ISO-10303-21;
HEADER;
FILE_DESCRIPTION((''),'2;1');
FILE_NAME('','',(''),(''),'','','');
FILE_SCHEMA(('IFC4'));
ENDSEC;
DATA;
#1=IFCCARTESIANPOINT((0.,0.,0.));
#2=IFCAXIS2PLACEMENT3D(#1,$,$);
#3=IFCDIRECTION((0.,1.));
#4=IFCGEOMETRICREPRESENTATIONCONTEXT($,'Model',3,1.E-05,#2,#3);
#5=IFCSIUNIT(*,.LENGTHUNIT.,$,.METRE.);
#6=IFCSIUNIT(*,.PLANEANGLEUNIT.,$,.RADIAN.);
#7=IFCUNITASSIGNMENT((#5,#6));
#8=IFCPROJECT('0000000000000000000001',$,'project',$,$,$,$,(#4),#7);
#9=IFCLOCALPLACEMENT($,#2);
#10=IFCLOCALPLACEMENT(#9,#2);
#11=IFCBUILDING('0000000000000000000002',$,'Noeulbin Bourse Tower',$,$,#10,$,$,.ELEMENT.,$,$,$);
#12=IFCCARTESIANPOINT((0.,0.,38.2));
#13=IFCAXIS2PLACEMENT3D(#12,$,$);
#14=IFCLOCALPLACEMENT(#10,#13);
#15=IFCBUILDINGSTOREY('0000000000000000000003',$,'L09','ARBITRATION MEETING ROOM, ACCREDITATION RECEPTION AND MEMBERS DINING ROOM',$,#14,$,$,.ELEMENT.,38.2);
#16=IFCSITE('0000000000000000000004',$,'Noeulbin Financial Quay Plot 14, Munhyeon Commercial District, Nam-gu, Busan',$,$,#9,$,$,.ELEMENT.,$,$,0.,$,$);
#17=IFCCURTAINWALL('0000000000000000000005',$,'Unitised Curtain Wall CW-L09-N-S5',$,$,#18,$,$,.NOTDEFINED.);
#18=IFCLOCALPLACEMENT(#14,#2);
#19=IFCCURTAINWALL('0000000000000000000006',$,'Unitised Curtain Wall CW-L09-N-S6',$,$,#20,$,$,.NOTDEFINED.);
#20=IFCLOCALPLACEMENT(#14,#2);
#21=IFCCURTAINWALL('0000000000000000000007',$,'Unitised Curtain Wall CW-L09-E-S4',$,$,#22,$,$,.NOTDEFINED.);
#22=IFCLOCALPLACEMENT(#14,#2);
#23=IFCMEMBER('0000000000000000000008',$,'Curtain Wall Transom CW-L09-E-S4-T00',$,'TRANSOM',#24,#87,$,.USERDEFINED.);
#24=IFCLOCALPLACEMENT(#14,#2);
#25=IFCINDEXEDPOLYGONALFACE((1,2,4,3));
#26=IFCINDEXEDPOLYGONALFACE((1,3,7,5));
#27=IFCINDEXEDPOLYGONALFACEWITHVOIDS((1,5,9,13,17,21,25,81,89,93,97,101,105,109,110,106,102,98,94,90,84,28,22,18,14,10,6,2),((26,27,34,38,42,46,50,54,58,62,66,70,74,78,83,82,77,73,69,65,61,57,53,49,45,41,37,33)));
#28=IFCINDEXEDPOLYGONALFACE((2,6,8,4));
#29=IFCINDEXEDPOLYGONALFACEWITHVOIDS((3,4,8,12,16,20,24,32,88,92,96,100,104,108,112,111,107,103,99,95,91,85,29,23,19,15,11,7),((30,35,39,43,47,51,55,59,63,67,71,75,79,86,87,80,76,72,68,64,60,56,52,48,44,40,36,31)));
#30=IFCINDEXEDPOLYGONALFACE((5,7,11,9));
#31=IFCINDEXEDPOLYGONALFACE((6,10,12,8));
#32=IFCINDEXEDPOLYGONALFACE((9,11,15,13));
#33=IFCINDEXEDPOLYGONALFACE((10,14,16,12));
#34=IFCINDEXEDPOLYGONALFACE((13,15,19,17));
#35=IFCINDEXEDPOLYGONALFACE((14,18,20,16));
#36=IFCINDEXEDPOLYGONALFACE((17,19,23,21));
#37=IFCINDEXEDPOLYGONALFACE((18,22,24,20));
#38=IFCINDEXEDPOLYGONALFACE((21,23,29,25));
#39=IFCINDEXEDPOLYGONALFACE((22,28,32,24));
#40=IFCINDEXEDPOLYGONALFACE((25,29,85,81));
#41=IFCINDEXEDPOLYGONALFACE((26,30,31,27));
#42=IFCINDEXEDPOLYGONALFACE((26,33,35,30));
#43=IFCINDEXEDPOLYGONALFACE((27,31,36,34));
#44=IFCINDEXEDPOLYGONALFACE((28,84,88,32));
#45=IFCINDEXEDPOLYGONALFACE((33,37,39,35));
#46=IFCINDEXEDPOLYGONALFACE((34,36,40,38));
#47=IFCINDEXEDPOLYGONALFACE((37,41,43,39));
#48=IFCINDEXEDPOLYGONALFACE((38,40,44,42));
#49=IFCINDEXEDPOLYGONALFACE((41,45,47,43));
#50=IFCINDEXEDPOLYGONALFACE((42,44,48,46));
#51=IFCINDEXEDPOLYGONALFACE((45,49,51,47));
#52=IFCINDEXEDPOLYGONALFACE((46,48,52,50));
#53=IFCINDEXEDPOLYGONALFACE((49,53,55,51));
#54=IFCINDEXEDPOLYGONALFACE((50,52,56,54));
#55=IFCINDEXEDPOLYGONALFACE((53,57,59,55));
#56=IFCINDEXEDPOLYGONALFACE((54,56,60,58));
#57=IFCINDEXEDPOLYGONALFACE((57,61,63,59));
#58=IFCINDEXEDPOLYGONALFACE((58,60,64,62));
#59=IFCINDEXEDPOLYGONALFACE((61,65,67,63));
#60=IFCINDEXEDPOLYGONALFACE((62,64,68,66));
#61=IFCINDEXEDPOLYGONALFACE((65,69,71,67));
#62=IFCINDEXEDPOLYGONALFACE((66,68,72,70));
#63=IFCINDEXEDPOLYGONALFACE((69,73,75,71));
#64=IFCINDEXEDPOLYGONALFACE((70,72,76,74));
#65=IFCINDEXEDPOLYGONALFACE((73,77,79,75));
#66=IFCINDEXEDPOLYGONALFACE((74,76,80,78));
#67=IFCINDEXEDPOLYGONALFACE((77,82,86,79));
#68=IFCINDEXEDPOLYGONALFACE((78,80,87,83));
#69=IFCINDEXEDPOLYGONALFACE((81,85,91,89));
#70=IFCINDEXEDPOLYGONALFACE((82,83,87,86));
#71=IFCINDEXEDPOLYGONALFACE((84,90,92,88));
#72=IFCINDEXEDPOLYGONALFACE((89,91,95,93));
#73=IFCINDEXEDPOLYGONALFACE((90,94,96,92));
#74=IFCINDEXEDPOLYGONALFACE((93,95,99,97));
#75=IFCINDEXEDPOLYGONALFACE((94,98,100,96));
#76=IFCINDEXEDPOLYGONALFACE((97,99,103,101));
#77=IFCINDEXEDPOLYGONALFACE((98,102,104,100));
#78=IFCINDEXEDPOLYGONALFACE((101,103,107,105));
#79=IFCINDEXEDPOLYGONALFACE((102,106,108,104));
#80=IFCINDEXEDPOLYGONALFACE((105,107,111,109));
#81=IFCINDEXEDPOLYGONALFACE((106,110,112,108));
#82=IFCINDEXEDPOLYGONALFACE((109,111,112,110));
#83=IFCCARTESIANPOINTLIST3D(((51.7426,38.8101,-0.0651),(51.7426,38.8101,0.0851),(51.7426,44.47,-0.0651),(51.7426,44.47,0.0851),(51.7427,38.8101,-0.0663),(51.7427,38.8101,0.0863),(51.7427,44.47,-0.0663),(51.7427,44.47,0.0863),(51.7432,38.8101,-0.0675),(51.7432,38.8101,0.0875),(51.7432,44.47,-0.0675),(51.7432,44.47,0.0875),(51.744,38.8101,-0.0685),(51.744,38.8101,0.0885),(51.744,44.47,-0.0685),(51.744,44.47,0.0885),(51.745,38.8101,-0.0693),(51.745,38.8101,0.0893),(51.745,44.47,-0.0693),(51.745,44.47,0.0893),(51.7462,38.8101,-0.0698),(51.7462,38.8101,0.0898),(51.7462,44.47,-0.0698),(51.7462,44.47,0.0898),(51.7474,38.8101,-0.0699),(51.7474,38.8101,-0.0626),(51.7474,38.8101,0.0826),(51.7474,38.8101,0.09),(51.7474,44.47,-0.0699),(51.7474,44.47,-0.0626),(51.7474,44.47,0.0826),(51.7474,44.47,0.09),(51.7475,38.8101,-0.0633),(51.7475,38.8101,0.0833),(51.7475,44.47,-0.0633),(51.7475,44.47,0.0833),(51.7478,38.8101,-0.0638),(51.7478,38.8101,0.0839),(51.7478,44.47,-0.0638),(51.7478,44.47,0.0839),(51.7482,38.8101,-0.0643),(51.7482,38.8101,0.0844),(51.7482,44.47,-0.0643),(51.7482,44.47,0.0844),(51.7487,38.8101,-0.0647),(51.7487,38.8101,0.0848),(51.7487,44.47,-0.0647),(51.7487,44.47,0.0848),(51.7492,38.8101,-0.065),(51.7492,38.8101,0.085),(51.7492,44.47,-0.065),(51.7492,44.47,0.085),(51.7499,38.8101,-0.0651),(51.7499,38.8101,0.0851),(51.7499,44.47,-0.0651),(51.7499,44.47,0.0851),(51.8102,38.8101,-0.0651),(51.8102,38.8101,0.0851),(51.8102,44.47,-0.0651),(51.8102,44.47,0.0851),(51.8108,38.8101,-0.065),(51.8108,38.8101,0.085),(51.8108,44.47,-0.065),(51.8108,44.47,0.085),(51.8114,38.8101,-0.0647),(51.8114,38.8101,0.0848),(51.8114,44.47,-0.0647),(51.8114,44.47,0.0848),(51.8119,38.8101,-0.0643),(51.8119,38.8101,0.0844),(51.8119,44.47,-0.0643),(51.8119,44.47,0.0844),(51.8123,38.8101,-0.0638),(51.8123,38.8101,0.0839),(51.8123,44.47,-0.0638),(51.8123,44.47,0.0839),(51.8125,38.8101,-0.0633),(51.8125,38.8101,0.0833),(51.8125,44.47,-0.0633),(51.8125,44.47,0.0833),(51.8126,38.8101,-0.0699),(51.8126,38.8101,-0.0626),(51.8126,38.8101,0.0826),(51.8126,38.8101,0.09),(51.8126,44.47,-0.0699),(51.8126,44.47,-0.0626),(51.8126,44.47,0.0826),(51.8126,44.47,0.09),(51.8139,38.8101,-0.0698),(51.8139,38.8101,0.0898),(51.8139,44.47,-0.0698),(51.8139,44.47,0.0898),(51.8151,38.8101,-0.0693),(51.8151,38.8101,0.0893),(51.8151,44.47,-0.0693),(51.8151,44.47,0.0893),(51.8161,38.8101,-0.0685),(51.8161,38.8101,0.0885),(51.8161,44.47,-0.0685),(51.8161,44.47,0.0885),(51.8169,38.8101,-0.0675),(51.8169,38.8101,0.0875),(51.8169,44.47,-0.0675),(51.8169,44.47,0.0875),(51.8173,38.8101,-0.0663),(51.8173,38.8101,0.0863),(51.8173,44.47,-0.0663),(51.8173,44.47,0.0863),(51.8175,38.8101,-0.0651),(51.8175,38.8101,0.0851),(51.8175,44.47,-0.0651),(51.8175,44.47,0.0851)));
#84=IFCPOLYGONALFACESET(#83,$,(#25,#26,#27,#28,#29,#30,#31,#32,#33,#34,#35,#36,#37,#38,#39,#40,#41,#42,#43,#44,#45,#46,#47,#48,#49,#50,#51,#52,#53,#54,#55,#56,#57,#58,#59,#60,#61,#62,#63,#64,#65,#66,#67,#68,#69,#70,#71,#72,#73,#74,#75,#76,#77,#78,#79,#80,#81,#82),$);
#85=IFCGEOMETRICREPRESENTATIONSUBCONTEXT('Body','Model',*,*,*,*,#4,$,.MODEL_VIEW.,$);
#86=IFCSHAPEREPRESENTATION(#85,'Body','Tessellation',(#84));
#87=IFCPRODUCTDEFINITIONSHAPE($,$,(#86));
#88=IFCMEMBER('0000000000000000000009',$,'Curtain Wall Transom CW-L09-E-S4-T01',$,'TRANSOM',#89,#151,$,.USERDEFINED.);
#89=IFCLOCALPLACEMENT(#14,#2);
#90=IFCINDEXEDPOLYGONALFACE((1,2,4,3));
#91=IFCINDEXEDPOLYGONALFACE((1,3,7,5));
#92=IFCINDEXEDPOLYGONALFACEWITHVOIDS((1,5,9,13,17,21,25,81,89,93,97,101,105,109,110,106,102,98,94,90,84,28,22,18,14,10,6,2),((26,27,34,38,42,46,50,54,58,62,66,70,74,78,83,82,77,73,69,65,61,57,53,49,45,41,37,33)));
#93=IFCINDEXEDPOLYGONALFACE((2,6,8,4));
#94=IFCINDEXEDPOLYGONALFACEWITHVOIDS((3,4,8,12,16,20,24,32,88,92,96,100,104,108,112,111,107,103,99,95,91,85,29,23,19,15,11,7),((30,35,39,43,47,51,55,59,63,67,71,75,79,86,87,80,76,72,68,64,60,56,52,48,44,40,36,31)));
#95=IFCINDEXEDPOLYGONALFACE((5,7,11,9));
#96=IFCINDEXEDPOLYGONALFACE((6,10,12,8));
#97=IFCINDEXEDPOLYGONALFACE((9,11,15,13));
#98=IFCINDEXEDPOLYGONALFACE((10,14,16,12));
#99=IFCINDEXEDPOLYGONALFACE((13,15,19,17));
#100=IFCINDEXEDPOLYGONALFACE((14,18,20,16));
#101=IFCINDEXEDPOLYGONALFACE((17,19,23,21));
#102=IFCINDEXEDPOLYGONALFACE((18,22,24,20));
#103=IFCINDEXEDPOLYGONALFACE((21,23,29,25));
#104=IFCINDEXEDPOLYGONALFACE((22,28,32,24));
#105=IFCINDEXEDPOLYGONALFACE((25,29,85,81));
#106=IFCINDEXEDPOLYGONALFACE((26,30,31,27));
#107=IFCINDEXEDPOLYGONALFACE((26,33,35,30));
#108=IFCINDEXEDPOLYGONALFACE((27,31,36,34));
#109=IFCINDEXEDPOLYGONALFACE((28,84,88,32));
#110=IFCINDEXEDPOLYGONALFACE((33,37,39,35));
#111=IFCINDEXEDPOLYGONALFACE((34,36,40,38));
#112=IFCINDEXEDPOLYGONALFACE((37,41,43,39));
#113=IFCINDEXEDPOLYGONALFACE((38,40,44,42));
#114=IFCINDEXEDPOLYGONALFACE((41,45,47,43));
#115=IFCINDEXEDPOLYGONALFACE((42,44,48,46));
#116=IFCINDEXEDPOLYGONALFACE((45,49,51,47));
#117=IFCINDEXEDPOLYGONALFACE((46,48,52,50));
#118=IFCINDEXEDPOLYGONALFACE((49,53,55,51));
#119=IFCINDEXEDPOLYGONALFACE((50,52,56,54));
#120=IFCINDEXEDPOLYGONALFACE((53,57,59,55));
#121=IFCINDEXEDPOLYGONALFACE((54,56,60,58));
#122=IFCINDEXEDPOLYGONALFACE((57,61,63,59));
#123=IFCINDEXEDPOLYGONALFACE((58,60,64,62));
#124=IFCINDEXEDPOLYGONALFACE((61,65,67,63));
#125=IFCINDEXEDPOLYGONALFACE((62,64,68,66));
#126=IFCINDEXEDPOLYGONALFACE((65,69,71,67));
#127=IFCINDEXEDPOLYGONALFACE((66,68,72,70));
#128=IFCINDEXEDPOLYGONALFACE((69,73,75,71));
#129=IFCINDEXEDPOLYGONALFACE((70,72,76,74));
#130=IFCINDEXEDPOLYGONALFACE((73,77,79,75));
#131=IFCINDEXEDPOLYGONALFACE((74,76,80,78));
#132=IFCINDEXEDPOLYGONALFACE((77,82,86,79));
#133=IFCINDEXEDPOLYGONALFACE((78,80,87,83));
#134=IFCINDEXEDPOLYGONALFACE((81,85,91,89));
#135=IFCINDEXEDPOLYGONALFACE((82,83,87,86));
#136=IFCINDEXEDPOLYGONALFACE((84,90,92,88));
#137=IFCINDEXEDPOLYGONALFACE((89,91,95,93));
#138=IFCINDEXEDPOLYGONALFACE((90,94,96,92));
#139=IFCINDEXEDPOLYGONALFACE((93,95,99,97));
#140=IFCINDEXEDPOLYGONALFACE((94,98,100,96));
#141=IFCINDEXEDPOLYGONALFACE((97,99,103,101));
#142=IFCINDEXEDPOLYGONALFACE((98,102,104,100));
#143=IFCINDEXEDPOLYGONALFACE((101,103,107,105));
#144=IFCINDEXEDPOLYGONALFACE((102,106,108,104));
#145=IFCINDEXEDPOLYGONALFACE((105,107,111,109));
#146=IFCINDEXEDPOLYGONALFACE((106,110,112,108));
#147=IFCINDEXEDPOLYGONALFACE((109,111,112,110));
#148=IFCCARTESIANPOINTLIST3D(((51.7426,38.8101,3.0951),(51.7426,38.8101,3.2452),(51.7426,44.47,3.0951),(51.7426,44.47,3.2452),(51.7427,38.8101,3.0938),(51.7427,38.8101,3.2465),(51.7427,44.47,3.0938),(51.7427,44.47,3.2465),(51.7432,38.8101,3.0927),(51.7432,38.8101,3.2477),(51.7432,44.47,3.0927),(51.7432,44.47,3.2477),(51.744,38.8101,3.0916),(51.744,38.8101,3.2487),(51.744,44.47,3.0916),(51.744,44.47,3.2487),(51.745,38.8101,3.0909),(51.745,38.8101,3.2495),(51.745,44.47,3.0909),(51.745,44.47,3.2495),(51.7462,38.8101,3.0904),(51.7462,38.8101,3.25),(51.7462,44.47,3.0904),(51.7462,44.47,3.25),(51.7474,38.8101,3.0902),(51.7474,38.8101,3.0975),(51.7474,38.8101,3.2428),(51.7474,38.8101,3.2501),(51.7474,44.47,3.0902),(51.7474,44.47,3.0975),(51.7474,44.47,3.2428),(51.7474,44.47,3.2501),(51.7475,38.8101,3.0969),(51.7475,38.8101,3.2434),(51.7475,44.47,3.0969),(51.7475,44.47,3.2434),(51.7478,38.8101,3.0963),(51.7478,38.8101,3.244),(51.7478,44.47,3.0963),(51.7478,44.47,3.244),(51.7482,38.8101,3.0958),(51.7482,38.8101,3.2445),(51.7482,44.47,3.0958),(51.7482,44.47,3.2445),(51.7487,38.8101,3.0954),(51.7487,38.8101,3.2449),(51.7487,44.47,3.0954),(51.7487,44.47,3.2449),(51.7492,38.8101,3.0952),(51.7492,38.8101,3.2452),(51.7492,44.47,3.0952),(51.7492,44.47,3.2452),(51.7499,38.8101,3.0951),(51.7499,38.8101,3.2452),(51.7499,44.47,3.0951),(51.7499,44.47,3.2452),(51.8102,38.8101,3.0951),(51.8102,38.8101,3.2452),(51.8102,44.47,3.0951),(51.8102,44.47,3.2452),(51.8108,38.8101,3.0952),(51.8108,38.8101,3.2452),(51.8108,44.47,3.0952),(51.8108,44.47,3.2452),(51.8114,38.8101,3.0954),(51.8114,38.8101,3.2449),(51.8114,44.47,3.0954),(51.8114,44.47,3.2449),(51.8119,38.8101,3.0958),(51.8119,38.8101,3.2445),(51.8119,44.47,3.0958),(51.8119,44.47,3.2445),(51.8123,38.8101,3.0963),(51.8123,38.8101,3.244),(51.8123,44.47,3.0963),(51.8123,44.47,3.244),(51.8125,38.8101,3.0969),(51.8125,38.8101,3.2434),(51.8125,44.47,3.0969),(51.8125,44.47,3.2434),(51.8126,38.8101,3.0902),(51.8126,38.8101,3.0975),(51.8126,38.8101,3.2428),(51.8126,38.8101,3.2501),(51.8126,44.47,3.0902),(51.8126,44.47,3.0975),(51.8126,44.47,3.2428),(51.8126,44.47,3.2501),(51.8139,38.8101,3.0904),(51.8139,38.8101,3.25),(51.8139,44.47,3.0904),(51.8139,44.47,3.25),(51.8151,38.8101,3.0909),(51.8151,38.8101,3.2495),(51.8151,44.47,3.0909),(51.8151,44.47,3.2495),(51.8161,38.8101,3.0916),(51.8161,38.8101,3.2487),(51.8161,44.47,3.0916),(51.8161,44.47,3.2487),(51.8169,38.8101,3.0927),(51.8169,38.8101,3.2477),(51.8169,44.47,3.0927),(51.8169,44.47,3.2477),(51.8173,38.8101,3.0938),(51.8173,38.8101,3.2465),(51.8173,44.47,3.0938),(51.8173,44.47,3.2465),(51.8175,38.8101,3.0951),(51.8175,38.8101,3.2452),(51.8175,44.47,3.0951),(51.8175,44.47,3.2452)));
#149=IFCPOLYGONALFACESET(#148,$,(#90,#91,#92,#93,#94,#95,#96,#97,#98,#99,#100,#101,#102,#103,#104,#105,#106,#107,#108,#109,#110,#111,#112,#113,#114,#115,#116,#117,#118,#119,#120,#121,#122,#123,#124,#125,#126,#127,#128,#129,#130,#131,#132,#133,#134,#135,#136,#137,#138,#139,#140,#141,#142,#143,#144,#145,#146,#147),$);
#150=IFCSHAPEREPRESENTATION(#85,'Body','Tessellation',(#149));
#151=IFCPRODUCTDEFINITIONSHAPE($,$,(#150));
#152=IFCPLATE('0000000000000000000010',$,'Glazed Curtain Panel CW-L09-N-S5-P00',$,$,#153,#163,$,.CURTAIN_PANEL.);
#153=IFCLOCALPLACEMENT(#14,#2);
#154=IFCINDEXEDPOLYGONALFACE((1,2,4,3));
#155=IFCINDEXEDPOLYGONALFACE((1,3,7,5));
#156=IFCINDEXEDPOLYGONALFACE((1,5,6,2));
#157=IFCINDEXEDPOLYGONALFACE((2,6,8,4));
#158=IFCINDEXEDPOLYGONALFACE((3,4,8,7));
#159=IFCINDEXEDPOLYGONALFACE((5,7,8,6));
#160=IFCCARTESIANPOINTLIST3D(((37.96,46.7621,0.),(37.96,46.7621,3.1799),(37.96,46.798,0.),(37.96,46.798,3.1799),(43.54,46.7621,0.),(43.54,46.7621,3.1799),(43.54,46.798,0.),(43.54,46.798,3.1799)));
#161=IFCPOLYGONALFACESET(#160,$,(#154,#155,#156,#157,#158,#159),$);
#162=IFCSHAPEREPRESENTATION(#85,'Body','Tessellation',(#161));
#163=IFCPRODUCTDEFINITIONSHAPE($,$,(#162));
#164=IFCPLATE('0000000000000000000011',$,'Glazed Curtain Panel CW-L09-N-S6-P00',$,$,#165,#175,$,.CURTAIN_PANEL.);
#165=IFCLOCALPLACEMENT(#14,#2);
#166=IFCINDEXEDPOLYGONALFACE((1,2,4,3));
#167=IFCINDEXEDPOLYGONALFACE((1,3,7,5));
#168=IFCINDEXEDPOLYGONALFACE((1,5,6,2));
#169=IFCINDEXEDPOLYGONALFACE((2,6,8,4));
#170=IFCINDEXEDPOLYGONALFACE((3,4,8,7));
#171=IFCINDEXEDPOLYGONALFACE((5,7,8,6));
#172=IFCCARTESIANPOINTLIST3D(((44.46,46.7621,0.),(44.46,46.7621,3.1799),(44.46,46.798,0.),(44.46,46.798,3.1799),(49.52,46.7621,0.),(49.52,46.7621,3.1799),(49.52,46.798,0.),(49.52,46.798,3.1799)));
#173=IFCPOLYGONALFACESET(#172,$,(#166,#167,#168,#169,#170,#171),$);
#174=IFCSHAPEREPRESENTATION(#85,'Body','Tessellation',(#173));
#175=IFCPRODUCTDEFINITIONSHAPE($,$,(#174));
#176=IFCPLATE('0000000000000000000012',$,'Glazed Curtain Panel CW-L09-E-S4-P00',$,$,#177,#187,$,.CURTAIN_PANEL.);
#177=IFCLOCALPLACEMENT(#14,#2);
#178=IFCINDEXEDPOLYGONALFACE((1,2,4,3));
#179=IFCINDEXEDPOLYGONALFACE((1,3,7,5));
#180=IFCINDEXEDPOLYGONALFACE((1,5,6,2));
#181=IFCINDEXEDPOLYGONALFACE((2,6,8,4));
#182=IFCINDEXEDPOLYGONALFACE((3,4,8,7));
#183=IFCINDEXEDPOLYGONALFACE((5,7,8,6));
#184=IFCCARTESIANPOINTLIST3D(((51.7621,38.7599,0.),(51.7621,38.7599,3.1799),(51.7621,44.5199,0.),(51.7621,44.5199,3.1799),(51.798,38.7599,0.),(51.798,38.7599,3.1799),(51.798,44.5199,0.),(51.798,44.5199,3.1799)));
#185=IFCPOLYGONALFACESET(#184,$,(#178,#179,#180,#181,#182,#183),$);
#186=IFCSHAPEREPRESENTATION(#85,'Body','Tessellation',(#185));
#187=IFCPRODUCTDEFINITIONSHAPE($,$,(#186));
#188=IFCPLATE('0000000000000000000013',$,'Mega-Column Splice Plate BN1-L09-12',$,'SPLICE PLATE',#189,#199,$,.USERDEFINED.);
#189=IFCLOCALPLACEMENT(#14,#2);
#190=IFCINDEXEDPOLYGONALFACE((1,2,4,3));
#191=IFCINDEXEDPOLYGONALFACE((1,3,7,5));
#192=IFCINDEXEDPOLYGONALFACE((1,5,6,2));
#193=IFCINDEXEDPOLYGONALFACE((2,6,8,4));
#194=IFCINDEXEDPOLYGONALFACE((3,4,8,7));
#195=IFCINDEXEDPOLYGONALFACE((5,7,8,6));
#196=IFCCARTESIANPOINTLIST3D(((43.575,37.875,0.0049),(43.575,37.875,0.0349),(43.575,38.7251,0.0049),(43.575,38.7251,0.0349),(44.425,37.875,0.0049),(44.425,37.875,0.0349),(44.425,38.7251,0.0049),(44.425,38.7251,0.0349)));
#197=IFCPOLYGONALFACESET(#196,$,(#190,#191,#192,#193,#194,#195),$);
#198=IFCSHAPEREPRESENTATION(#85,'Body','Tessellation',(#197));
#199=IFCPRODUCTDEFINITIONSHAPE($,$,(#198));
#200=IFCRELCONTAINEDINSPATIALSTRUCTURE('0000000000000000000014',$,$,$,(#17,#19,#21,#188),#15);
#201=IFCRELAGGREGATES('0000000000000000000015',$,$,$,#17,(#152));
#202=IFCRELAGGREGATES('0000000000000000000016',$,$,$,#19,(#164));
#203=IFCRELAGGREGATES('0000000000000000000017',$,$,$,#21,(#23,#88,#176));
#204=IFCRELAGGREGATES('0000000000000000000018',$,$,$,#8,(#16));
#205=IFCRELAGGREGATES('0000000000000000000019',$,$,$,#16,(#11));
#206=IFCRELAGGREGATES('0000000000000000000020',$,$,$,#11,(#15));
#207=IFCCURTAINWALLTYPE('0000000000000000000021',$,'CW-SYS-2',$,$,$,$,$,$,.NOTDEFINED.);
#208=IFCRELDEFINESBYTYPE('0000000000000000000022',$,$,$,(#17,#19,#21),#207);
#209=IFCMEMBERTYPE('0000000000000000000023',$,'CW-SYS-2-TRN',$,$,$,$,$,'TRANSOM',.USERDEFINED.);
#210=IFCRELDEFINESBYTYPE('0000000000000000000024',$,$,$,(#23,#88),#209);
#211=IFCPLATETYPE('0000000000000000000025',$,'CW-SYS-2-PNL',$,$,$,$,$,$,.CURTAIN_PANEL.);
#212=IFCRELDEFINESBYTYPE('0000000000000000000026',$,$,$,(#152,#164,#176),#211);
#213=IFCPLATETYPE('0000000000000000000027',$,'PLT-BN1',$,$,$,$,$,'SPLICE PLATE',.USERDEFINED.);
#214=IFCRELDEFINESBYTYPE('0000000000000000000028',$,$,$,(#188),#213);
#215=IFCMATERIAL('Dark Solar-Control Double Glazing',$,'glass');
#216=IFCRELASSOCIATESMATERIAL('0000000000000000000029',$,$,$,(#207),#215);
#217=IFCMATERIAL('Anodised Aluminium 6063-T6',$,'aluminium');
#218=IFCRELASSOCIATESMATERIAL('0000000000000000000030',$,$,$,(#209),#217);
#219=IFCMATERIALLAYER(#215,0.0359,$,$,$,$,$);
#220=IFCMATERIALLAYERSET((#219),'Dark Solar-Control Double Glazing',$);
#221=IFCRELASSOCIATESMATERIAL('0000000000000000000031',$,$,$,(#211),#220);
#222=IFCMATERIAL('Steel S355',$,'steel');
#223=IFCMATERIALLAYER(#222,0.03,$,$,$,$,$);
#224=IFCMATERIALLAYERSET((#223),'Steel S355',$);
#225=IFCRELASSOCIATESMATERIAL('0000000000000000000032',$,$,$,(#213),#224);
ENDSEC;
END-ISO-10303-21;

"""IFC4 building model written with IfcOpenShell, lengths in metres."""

from ifc_helpers import new_model, si_unit, direction, frame, origin, origin_2d, place, context, subcontext, project, spatial, rectangle, hollow_rectangle, extrude, material, layer, layer_set, material_profile, profile_set, type_object, element, aggregate, save


model = new_model("IFC4")

# Units and contexts
model_context = context("Model", 3, precision=1e-05, world=origin(), true_north=direction((0.0, 1.0)))
body_context = subcontext(model_context, "Body", "Model", "MODEL_VIEW")
ifc_project = project(units=[si_unit("LENGTHUNIT", "METRE"), si_unit("PLANEANGLEUNIT", "RADIAN")], contexts=[model_context])

# Site, building, storey
site_placement = place(None, origin())
site = spatial("IfcSite", under=ifc_project, at=site_placement, Name="Noeulbin Financial Quay Plot 14, Munhyeon Commercial District, Nam-gu, Busan", CompositionType="ELEMENT", RefElevation=0.0)
building_placement = place(site_placement, origin())
building = spatial("IfcBuilding", under=site, at=building_placement, Name="Noeulbin Bourse Tower", CompositionType="ELEMENT")
storey_placement = place(building_placement, frame((0.0, 0.0, 38.2)))
storey = spatial("IfcBuildingStorey", under=building, at=storey_placement, Name="L09", Description="ARBITRATION MEETING ROOM, ACCREDITATION RECEPTION AND MEMBERS DINING ROOM", CompositionType="ELEMENT", Elevation=38.2)

# Shared definitions
ifc_material_1 = material(Name="Steel S355", Category="steel")

# Curtain wall
ifc_material_2 = material(Name="Dark Solar-Control Double Glazing", Category="glass")
curtain_wall_type = type_object("IfcCurtainWallType", Name="CW-SYS-2", PredefinedType="NOTDEFINED", material=ifc_material_2)
curtain_wall_1_placement = place(storey_placement, origin())
curtain_wall_1 = element("IfcCurtainWall", 1, at=curtain_wall_1_placement, inside=storey, type_object=curtain_wall_type, Name="Unitised Curtain Wall CW-L09-N-S5", PredefinedType="NOTDEFINED")
ifc_material_3 = material(Name="Anodised Aluminium 6063-T6", Category="aluminium")

# Curtain wall
curtain_wall_2_placement = place(storey_placement, origin())
curtain_wall_2 = element("IfcCurtainWall", 2, at=curtain_wall_2_placement, inside=storey, type_object=curtain_wall_type, Name="Unitised Curtain Wall CW-L09-N-S6", PredefinedType="NOTDEFINED")

# Curtain wall
curtain_wall_3_placement = place(storey_placement, origin())
curtain_wall_3 = element("IfcCurtainWall", 3, at=curtain_wall_3_placement, inside=storey, type_object=curtain_wall_type, Name="Unitised Curtain Wall CW-L09-E-S4", PredefinedType="NOTDEFINED")

# Members
ifc_material_profile_1 = material_profile(ifc_material_3, hollow_rectangle(XDim=0.075, YDim=0.1599, WallThickness=0.0049, InnerFilletRadius=0.0024, OuterFilletRadius=0.0049, at=origin_2d()), Name="ALU-TRAN-75x160x5", Category="LoadBearing")
ifc_profile_set_1 = profile_set([ifc_material_profile_1], Name="Anodised Aluminium 6063-T6")
member_type_1 = type_object("IfcMemberType", Name="CW-SYS-2-TRN", ElementType="TRANSOM", PredefinedType="USERDEFINED", material=ifc_profile_set_1)
member_1_placement = place(storey_placement, frame((51.78, 38.8101, 0.01), z_axis=(0.0, 1.0, 0.0), x_axis=(-1.0, 0.0, 0.0)))
member_1 = element("IfcMember", 4, at=member_1_placement, type_object=member_type_1, Name="Curtain Wall Transom CW-L09-E-S4-T00", ObjectType="TRANSOM", PredefinedType="USERDEFINED", context=body_context, shape_type="SweptSolid", body=[
    extrude(hollow_rectangle(XDim=0.075, YDim=0.1599, WallThickness=0.0049, InnerFilletRadius=0.0024, OuterFilletRadius=0.0049, at=origin_2d()), origin(), (0.0, 0.0, 1.0), 5.6599),
])
member_2_placement = place(storey_placement, frame((51.78, 38.8101, 3.1702), z_axis=(0.0, 1.0, 0.0), x_axis=(-1.0, 0.0, 0.0)))
member_2 = element("IfcMember", 5, at=member_2_placement, type_object=member_type_1, Name="Curtain Wall Transom CW-L09-E-S4-T01", ObjectType="TRANSOM", PredefinedType="USERDEFINED", context=body_context, shape_type="SweptSolid", body=[
    extrude(hollow_rectangle(XDim=0.075, YDim=0.1599, WallThickness=0.0049, InnerFilletRadius=0.0024, OuterFilletRadius=0.0049, at=origin_2d()), origin(), (0.0, 0.0, 1.0), 5.6599),
])

# Plates
ifc_layer_1 = layer(ifc_material_2, 0.0359)
ifc_layer_set_1 = layer_set([ifc_layer_1], Name="Dark Solar-Control Double Glazing")
plate_type_1 = type_object("IfcPlateType", Name="CW-SYS-2-PNL", PredefinedType="CURTAIN_PANEL", material=ifc_layer_set_1)
plate_1_placement = place(storey_placement, frame((40.75, 46.78, 0.0), z_axis=(0.0, 0.0, 1.0), x_axis=(1.0, 0.0, 0.0)))
plate_1 = element("IfcPlate", 6, at=plate_1_placement, type_object=plate_type_1, Name="Glazed Curtain Panel CW-L09-N-S5-P00", PredefinedType="CURTAIN_PANEL", context=body_context, shape_type="SweptSolid", body=[
    extrude(rectangle(XDim=5.5801, YDim=0.0359, at=origin_2d()), origin(), (0.0, 0.0, 1.0), 3.1799),
])
aggregate(curtain_wall_1, [plate_1])
plate_2_placement = place(storey_placement, frame((46.99, 46.78, 0.0), z_axis=(0.0, 0.0, 1.0), x_axis=(1.0, 0.0, 0.0)))
plate_2 = element("IfcPlate", 7, at=plate_2_placement, type_object=plate_type_1, Name="Glazed Curtain Panel CW-L09-N-S6-P00", PredefinedType="CURTAIN_PANEL", context=body_context, shape_type="SweptSolid", body=[
    extrude(rectangle(XDim=5.0601, YDim=0.0359, at=origin_2d()), origin(), (0.0, 0.0, 1.0), 3.1799),
])
aggregate(curtain_wall_2, [plate_2])
plate_3_placement = place(storey_placement, frame((51.78, 41.6399, 0.0), z_axis=(0.0, 0.0, 1.0), x_axis=(0.0, 1.0, 0.0)))
plate_3 = element("IfcPlate", 8, at=plate_3_placement, type_object=plate_type_1, Name="Glazed Curtain Panel CW-L09-E-S4-P00", PredefinedType="CURTAIN_PANEL", context=body_context, shape_type="SweptSolid", body=[
    extrude(rectangle(XDim=5.76, YDim=0.0359, at=origin_2d()), origin(), (0.0, 0.0, 1.0), 3.1799),
])
aggregate(curtain_wall_3, [member_1, member_2, plate_3])

# Plate
ifc_layer_2 = layer(ifc_material_1, 0.03)
ifc_layer_set_2 = layer_set([ifc_layer_2], Name="Steel S355")
plate_type_2 = type_object("IfcPlateType", Name="PLT-BN1", ElementType="SPLICE PLATE", PredefinedType="USERDEFINED", material=ifc_layer_set_2)
for number, where, z_axis, x_axis, name in (
    (9, (44.0, 38.3, 0.0049), (0.0, 0.0, 1.0), (1.0, 0.0, 0.0), "Mega-Column Splice Plate BN1-L09-12"),
):
    element("IfcPlate", number, at=place(storey_placement, frame(where, z_axis=z_axis, x_axis=x_axis)), inside=storey, type_object=plate_type_2, Name=name, ObjectType="SPLICE PLATE", PredefinedType="USERDEFINED", context=body_context, shape_type="SweptSolid", body=[
        extrude(rectangle(XDim=0.8501, YDim=0.8501, at=origin_2d()), origin(), (0.0, 0.0, 1.0), 0.03),
    ])

save(model, "model.ifc")
